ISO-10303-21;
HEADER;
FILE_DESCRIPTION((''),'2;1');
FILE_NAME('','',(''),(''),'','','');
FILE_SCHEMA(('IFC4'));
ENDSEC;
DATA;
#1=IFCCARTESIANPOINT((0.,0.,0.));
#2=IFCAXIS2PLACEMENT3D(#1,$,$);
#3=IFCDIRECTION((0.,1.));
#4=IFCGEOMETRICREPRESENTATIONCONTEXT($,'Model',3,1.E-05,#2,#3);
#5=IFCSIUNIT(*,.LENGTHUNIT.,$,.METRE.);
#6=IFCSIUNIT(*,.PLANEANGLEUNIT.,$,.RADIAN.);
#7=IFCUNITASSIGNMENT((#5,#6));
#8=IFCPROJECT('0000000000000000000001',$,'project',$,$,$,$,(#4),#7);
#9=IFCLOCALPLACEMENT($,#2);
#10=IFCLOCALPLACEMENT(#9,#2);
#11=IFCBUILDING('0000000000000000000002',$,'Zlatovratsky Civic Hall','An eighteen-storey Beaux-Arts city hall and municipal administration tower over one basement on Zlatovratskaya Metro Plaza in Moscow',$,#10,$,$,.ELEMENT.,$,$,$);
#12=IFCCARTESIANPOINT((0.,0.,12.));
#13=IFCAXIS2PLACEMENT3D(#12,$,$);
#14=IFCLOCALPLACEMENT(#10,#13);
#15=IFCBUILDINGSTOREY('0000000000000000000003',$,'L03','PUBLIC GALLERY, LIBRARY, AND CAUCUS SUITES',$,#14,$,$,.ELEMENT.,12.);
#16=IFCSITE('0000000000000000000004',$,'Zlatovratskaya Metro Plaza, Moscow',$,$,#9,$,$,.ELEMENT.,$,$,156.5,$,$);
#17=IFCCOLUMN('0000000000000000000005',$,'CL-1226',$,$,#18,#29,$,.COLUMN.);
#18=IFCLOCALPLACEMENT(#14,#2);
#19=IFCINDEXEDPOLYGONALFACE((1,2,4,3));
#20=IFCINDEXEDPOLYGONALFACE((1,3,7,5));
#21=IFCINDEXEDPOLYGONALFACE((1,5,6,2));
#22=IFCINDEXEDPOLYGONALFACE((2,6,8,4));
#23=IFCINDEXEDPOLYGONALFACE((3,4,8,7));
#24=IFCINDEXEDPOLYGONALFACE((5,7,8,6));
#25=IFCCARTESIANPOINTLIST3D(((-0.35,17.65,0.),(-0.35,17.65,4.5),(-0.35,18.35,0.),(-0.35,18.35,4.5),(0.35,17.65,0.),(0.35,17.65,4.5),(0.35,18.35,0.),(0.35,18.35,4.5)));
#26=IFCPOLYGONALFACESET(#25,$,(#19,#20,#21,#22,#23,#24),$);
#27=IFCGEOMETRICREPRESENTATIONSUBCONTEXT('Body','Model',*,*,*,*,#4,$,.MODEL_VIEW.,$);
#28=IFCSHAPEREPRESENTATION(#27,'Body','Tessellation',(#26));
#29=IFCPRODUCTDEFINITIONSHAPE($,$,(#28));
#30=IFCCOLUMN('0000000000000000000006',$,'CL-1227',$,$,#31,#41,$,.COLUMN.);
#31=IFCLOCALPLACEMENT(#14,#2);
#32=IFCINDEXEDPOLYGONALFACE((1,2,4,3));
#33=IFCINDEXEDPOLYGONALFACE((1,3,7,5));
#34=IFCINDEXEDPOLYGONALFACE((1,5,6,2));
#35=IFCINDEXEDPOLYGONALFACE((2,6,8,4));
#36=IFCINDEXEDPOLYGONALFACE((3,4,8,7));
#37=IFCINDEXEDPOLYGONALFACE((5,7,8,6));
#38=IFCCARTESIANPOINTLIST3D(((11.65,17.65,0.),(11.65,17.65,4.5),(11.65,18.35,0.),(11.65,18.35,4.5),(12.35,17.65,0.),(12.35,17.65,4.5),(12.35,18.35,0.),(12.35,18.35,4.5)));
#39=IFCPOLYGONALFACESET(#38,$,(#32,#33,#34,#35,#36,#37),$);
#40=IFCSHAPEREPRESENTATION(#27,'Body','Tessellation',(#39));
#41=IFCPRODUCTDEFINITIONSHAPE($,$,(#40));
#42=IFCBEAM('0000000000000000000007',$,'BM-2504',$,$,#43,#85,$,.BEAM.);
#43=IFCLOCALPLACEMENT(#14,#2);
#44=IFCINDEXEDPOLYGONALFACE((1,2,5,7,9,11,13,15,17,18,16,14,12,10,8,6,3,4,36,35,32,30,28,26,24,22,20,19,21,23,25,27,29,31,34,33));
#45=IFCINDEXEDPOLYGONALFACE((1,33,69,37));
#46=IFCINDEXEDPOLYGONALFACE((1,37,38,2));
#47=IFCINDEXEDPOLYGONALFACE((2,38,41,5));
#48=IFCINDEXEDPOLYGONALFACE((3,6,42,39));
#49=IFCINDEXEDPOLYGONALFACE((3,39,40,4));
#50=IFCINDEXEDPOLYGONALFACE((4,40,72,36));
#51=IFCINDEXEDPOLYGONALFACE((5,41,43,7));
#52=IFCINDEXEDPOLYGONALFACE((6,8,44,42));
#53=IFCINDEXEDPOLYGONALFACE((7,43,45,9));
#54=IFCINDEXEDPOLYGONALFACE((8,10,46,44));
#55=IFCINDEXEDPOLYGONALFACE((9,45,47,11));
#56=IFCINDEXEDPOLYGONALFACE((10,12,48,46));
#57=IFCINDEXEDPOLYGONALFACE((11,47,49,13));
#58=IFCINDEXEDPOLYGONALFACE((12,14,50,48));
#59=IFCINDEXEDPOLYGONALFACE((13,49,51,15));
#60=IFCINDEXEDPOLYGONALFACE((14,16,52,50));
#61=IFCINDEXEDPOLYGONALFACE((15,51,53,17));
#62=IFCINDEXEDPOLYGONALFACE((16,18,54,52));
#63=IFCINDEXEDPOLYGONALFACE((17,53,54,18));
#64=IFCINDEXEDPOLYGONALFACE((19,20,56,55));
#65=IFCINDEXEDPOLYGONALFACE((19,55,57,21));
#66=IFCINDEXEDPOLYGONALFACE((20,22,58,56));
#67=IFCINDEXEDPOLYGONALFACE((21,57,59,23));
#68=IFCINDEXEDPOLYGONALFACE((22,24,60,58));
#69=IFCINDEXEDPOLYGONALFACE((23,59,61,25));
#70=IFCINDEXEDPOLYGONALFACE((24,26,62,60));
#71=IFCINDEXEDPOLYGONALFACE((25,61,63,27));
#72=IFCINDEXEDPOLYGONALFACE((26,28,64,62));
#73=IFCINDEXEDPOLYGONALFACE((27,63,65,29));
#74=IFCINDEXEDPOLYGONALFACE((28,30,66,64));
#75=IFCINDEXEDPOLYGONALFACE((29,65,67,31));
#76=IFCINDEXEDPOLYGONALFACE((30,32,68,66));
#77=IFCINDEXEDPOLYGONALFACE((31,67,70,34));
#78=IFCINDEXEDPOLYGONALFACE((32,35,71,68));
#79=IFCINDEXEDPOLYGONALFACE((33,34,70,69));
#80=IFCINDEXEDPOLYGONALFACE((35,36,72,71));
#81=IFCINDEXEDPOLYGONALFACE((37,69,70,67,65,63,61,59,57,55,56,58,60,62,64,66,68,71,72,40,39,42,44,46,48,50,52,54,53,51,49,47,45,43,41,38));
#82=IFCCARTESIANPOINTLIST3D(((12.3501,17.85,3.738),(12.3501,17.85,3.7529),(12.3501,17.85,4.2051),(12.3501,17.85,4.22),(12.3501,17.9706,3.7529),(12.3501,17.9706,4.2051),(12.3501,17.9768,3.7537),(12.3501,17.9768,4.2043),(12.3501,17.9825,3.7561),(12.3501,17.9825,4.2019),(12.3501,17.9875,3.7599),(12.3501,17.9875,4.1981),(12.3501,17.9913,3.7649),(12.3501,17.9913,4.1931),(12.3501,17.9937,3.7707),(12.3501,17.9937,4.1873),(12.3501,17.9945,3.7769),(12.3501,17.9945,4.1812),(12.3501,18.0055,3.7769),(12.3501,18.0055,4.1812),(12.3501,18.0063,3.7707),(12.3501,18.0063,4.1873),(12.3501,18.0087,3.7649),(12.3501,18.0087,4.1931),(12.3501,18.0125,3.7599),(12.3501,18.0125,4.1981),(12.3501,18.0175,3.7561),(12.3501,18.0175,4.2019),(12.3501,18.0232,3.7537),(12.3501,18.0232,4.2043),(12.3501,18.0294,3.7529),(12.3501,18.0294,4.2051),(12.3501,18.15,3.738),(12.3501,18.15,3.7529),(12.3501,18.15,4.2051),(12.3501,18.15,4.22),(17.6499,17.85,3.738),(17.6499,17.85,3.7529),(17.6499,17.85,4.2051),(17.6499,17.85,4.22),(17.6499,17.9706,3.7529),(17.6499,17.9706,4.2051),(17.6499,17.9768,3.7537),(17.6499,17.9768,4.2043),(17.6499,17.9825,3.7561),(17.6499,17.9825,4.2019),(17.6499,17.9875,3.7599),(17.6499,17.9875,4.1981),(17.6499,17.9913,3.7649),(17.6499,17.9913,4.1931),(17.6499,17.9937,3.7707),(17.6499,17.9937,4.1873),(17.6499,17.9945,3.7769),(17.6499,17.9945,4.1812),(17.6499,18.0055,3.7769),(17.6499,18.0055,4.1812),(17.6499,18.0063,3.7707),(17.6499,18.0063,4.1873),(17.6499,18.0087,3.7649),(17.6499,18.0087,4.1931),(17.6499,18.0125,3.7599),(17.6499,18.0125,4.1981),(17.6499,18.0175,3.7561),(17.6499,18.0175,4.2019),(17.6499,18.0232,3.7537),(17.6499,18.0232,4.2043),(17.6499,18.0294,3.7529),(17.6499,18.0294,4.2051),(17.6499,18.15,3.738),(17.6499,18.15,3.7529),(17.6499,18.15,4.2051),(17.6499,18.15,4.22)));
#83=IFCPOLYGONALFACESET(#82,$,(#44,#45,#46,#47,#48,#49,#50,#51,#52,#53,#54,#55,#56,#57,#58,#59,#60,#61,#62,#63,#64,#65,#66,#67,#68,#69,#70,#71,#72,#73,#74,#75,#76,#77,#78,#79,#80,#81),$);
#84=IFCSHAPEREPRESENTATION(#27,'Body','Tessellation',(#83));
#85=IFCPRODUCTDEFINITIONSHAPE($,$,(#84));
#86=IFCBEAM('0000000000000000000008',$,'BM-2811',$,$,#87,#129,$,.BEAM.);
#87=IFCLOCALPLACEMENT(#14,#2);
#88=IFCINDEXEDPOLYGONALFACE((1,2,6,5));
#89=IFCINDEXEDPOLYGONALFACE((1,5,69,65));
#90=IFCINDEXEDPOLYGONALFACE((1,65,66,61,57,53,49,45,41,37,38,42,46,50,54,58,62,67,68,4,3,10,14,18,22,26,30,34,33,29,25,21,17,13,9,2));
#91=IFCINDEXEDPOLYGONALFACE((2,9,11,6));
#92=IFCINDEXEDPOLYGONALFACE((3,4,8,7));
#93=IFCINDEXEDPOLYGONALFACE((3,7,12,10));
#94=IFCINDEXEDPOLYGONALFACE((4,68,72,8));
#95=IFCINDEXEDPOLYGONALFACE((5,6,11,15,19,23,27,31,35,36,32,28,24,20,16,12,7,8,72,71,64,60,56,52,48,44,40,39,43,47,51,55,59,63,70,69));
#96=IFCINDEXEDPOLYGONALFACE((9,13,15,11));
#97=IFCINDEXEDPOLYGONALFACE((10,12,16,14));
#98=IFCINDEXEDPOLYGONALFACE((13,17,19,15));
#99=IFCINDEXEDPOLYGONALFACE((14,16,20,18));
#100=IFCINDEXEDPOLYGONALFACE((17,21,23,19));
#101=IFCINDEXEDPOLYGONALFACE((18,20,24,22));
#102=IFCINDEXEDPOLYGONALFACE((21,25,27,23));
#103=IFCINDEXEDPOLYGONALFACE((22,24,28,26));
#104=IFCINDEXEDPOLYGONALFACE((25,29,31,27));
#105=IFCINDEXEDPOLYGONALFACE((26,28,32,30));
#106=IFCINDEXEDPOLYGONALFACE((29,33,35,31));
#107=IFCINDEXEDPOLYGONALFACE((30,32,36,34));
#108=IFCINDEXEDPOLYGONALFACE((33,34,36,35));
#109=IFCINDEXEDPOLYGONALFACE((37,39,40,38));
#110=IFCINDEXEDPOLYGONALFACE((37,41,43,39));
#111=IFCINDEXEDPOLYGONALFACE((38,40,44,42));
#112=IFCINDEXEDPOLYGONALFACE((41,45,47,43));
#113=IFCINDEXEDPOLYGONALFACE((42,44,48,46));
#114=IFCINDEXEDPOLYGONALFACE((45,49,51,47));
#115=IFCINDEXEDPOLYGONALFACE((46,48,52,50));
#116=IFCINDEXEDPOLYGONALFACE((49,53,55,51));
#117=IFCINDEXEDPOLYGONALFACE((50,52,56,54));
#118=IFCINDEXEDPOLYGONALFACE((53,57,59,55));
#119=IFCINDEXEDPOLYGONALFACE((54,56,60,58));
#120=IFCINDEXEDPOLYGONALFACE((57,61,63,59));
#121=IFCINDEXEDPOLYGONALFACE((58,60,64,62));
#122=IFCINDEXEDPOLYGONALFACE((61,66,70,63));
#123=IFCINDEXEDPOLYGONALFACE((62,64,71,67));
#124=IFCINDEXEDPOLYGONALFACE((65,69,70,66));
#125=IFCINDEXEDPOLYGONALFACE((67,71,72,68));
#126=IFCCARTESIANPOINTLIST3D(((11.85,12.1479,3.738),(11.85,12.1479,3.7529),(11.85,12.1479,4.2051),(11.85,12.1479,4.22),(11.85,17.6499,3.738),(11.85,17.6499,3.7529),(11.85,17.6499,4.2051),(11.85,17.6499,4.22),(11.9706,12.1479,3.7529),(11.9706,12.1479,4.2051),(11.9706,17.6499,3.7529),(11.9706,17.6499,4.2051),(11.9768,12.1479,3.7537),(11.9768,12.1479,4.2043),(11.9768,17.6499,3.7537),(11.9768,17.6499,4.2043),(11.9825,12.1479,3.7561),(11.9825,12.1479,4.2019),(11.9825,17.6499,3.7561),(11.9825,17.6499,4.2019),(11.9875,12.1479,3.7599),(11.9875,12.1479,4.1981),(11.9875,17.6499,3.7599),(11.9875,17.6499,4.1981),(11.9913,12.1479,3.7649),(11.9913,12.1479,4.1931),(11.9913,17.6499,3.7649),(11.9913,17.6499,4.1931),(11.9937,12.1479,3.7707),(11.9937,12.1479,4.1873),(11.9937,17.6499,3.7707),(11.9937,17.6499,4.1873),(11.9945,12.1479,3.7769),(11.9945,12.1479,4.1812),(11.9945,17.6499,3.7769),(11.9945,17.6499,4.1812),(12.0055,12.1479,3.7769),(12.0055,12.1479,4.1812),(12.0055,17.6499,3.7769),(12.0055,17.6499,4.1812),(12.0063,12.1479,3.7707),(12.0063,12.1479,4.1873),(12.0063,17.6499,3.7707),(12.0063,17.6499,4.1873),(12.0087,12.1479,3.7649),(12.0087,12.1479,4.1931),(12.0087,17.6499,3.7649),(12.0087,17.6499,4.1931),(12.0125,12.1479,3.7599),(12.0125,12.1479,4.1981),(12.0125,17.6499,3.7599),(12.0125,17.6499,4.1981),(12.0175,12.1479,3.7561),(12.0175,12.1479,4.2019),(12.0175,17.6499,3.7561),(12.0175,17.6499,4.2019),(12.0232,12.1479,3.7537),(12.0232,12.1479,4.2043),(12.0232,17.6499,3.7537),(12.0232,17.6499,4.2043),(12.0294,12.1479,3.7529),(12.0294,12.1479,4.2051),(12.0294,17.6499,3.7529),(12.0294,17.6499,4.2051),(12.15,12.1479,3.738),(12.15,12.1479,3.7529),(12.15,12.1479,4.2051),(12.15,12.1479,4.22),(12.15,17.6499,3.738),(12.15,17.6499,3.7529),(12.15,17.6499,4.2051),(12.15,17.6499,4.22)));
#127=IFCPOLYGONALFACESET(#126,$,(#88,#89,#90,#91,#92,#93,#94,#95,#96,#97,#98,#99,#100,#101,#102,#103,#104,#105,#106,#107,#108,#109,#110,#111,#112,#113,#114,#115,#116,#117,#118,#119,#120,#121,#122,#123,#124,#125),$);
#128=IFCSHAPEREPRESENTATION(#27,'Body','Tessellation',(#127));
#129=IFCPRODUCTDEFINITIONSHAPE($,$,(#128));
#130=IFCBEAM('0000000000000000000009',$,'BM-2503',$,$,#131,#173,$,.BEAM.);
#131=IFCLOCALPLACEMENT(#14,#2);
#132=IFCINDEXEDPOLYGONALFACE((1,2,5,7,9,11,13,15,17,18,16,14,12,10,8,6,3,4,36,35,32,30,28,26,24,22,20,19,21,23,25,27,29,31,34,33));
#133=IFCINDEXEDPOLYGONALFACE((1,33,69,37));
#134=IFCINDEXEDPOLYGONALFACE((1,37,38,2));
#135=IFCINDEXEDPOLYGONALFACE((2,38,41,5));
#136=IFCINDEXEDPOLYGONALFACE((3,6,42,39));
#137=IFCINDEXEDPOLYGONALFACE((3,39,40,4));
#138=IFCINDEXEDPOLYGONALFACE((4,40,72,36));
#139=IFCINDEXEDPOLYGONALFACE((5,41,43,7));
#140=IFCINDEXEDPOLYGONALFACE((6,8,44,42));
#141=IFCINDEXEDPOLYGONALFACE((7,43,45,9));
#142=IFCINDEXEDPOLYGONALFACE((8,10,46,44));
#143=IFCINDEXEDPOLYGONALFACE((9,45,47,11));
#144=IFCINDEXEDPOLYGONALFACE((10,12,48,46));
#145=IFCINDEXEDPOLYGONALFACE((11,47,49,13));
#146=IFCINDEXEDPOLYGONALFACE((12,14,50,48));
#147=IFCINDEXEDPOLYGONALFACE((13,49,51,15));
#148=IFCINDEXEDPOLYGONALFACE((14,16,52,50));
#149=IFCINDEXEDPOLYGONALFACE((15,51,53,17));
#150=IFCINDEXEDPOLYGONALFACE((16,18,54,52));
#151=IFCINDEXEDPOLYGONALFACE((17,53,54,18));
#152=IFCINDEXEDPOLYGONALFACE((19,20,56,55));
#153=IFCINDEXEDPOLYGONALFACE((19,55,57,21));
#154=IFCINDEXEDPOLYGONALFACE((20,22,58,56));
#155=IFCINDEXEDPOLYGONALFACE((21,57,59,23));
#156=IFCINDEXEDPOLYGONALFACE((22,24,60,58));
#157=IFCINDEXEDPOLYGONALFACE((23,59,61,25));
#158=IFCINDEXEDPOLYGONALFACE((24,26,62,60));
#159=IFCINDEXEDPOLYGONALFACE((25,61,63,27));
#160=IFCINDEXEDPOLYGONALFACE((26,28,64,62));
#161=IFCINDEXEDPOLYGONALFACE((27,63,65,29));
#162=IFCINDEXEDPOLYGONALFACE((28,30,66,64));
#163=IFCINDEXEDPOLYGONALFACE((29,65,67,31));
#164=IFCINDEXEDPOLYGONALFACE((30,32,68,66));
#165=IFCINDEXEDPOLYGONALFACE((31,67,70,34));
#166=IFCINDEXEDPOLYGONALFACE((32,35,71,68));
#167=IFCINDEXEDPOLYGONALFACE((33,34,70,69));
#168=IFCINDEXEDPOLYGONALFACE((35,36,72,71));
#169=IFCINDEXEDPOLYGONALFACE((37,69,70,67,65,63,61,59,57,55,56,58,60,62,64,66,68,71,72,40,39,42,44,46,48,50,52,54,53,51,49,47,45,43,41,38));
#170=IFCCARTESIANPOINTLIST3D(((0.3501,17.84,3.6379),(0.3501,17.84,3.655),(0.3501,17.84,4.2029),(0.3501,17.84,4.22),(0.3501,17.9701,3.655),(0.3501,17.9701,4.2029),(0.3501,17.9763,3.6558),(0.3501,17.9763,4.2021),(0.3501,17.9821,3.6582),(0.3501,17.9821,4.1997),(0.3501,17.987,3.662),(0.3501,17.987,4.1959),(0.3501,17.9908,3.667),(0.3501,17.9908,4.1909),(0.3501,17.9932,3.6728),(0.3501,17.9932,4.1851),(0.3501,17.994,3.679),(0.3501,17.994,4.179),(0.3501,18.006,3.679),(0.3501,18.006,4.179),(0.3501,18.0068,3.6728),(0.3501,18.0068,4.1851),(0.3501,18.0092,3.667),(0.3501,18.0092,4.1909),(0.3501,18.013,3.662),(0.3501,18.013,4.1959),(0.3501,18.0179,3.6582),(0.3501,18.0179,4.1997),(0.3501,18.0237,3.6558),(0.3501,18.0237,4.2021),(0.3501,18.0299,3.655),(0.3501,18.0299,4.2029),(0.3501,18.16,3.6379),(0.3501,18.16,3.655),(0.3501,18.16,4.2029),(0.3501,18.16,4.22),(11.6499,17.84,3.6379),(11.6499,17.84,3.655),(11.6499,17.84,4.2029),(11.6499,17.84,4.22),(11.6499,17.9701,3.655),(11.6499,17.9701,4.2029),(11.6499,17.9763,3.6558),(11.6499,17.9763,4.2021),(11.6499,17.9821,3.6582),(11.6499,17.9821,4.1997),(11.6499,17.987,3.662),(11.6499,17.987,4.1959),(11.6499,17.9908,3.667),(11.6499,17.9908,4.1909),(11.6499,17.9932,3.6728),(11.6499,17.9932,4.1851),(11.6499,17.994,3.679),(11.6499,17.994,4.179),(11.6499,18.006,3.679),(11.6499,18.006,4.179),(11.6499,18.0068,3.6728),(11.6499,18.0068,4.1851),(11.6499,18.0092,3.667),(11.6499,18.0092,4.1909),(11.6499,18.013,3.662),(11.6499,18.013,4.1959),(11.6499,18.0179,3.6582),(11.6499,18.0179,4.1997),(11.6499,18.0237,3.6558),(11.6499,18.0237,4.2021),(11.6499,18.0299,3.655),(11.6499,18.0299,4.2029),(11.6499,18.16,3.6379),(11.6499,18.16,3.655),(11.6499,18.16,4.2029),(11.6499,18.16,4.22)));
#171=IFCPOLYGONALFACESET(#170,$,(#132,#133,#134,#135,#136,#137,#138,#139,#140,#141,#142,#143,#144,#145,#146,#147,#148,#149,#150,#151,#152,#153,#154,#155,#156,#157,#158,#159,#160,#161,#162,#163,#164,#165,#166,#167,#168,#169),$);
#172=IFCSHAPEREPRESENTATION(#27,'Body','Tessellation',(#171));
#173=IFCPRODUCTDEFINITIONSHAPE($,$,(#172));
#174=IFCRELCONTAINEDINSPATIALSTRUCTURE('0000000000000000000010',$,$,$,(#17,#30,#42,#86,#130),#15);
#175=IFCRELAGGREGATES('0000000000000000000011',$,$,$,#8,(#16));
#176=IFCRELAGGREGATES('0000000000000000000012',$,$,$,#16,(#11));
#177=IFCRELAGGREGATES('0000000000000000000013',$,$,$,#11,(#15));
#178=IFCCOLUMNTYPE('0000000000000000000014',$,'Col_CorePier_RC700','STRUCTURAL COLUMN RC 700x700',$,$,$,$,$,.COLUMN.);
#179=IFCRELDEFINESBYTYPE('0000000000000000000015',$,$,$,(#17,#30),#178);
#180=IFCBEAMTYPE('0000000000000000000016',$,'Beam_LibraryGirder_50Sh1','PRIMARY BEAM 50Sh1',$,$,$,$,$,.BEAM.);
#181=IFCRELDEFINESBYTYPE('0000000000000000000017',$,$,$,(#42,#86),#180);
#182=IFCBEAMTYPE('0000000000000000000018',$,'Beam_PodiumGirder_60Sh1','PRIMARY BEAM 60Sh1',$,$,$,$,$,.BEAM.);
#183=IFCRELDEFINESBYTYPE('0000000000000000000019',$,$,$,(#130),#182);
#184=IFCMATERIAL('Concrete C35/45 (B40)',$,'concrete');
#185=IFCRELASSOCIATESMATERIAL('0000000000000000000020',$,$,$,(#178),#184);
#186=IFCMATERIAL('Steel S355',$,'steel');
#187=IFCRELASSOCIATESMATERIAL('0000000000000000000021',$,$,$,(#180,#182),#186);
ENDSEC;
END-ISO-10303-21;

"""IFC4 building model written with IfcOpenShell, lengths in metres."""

from ifc_helpers import new_model, si_unit, direction, frame, origin, origin_2d, place, context, subcontext, project, spatial, rectangle, i_section, extrude, material, material_profile, profile_set, type_object, element, save


model = new_model("IFC4")

# Units and contexts
model_context = context("Model", 3, precision=1e-05, world=origin(), true_north=direction((0.0, 1.0)))
body_context = subcontext(model_context, "Body", "Model", "MODEL_VIEW")
ifc_project = project(units=[si_unit("LENGTHUNIT", "METRE"), si_unit("PLANEANGLEUNIT", "RADIAN")], contexts=[model_context])

# Site, building, storey
site_placement = place(None, origin())
site = spatial("IfcSite", under=ifc_project, at=site_placement, Name="Zlatovratskaya Metro Plaza, Moscow", CompositionType="ELEMENT", RefElevation=156.5)
building_placement = place(site_placement, origin())
building = spatial("IfcBuilding", under=site, at=building_placement, Name="Zlatovratsky Civic Hall", Description="An eighteen-storey Beaux-Arts city hall and municipal administration tower over one basement on Zlatovratskaya Metro Plaza in Moscow", CompositionType="ELEMENT")
storey_placement = place(building_placement, frame((0.0, 0.0, 12.0)))
storey = spatial("IfcBuildingStorey", under=building, at=storey_placement, Name="L03", Description="PUBLIC GALLERY, LIBRARY, AND CAUCUS SUITES", CompositionType="ELEMENT", Elevation=12.0)

# Columns
ifc_material_1 = material(Name="Concrete C35/45 (B40)", Category="concrete")
ifc_material_profile_1 = material_profile(ifc_material_1, rectangle(XDim=0.7, YDim=0.7, at=origin_2d()), Name="RC 700x700")
ifc_profile_set_1 = profile_set([ifc_material_profile_1], Name="Concrete C35/45 (B40)")
column_type = type_object("IfcColumnType", Name="Col_CorePier_RC700", Description="STRUCTURAL COLUMN RC 700x700", PredefinedType="COLUMN", material=ifc_profile_set_1)
for number, where, z_axis, x_axis, name in (
    (1, (0.0, 18.0, 0.0), (0.0, 0.0, 1.0), (1.0, 0.0, 0.0), "CL-1226"),
    (2, (12.0, 18.0, 0.0), (0.0, 0.0, 1.0), (1.0, 0.0, 0.0), "CL-1227"),
):
    element("IfcColumn", number, at=place(storey_placement, frame(where, z_axis=z_axis, x_axis=x_axis)), inside=storey, type_object=column_type, Name=name, PredefinedType="COLUMN", context=body_context, shape_type="SweptSolid", body=[
        extrude(rectangle(XDim=0.7, YDim=0.7, at=origin_2d()), origin(), (0.0, 0.0, 1.0), 4.5),
    ])

# Beams
ifc_material_2 = material(Name="Steel S355", Category="steel")
ifc_material_profile_2 = material_profile(ifc_material_2, i_section(OverallWidth=0.3, OverallDepth=0.4819, WebThickness=0.011, FlangeThickness=0.0149, FilletRadius=0.0239, at=origin_2d()), Name="50Sh1")
ifc_profile_set_2 = profile_set([ifc_material_profile_2], Name="Steel S355")
beam_type_1 = type_object("IfcBeamType", Name="Beam_LibraryGirder_50Sh1", Description="PRIMARY BEAM 50Sh1", PredefinedType="BEAM", material=ifc_profile_set_2)
beam_1_placement = place(storey_placement, frame((12.3501, 18.0, 3.979), z_axis=(1.0, 0.0, 0.0), x_axis=(0.0, 1.0, 0.0)))
element("IfcBeam", 3, at=beam_1_placement, inside=storey, type_object=beam_type_1, Name="BM-2504", PredefinedType="BEAM", context=body_context, shape_type="SweptSolid", body=[
    extrude(i_section(OverallWidth=0.3, OverallDepth=0.4819, WebThickness=0.011, FlangeThickness=0.0149, FilletRadius=0.0239, at=origin_2d()), origin(), (0.0, 0.0, 1.0), 5.2998),
])
beam_2_placement = place(storey_placement, frame((12.0, 12.1479, 3.979), z_axis=(0.0, 1.0, 0.0), x_axis=(-1.0, 0.0, 0.0)))
element("IfcBeam", 4, at=beam_2_placement, inside=storey, type_object=beam_type_1, Name="BM-2811", PredefinedType="BEAM", context=body_context, shape_type="SweptSolid", body=[
    extrude(i_section(OverallWidth=0.3, OverallDepth=0.4819, WebThickness=0.011, FlangeThickness=0.0149, FilletRadius=0.0239, at=origin_2d()), origin(), (0.0, 0.0, 1.0), 5.502),
])
ifc_material_profile_3 = material_profile(ifc_material_2, i_section(OverallWidth=0.3201, OverallDepth=0.582, WebThickness=0.012, FlangeThickness=0.0171, FilletRadius=0.0239, at=origin_2d()), Name="60Sh1")
ifc_profile_set_3 = profile_set([ifc_material_profile_3], Name="Steel S355")
beam_type_2 = type_object("IfcBeamType", Name="Beam_PodiumGirder_60Sh1", Description="PRIMARY BEAM 60Sh1", PredefinedType="BEAM", material=ifc_profile_set_3)
for number, where, z_axis, x_axis, name in (
    (5, (0.3501, 18.0, 3.929), (1.0, 0.0, 0.0), (0.0, 1.0, 0.0), "BM-2503"),
):
    element("IfcBeam", number, at=place(storey_placement, frame(where, z_axis=z_axis, x_axis=x_axis)), inside=storey, type_object=beam_type_2, Name=name, PredefinedType="BEAM", context=body_context, shape_type="SweptSolid", body=[
        extrude(i_section(OverallWidth=0.3201, OverallDepth=0.582, WebThickness=0.012, FlangeThickness=0.0171, FilletRadius=0.0239, at=origin_2d()), origin(), (0.0, 0.0, 1.0), 11.2998),
    ])

save(model, "model.ifc")
